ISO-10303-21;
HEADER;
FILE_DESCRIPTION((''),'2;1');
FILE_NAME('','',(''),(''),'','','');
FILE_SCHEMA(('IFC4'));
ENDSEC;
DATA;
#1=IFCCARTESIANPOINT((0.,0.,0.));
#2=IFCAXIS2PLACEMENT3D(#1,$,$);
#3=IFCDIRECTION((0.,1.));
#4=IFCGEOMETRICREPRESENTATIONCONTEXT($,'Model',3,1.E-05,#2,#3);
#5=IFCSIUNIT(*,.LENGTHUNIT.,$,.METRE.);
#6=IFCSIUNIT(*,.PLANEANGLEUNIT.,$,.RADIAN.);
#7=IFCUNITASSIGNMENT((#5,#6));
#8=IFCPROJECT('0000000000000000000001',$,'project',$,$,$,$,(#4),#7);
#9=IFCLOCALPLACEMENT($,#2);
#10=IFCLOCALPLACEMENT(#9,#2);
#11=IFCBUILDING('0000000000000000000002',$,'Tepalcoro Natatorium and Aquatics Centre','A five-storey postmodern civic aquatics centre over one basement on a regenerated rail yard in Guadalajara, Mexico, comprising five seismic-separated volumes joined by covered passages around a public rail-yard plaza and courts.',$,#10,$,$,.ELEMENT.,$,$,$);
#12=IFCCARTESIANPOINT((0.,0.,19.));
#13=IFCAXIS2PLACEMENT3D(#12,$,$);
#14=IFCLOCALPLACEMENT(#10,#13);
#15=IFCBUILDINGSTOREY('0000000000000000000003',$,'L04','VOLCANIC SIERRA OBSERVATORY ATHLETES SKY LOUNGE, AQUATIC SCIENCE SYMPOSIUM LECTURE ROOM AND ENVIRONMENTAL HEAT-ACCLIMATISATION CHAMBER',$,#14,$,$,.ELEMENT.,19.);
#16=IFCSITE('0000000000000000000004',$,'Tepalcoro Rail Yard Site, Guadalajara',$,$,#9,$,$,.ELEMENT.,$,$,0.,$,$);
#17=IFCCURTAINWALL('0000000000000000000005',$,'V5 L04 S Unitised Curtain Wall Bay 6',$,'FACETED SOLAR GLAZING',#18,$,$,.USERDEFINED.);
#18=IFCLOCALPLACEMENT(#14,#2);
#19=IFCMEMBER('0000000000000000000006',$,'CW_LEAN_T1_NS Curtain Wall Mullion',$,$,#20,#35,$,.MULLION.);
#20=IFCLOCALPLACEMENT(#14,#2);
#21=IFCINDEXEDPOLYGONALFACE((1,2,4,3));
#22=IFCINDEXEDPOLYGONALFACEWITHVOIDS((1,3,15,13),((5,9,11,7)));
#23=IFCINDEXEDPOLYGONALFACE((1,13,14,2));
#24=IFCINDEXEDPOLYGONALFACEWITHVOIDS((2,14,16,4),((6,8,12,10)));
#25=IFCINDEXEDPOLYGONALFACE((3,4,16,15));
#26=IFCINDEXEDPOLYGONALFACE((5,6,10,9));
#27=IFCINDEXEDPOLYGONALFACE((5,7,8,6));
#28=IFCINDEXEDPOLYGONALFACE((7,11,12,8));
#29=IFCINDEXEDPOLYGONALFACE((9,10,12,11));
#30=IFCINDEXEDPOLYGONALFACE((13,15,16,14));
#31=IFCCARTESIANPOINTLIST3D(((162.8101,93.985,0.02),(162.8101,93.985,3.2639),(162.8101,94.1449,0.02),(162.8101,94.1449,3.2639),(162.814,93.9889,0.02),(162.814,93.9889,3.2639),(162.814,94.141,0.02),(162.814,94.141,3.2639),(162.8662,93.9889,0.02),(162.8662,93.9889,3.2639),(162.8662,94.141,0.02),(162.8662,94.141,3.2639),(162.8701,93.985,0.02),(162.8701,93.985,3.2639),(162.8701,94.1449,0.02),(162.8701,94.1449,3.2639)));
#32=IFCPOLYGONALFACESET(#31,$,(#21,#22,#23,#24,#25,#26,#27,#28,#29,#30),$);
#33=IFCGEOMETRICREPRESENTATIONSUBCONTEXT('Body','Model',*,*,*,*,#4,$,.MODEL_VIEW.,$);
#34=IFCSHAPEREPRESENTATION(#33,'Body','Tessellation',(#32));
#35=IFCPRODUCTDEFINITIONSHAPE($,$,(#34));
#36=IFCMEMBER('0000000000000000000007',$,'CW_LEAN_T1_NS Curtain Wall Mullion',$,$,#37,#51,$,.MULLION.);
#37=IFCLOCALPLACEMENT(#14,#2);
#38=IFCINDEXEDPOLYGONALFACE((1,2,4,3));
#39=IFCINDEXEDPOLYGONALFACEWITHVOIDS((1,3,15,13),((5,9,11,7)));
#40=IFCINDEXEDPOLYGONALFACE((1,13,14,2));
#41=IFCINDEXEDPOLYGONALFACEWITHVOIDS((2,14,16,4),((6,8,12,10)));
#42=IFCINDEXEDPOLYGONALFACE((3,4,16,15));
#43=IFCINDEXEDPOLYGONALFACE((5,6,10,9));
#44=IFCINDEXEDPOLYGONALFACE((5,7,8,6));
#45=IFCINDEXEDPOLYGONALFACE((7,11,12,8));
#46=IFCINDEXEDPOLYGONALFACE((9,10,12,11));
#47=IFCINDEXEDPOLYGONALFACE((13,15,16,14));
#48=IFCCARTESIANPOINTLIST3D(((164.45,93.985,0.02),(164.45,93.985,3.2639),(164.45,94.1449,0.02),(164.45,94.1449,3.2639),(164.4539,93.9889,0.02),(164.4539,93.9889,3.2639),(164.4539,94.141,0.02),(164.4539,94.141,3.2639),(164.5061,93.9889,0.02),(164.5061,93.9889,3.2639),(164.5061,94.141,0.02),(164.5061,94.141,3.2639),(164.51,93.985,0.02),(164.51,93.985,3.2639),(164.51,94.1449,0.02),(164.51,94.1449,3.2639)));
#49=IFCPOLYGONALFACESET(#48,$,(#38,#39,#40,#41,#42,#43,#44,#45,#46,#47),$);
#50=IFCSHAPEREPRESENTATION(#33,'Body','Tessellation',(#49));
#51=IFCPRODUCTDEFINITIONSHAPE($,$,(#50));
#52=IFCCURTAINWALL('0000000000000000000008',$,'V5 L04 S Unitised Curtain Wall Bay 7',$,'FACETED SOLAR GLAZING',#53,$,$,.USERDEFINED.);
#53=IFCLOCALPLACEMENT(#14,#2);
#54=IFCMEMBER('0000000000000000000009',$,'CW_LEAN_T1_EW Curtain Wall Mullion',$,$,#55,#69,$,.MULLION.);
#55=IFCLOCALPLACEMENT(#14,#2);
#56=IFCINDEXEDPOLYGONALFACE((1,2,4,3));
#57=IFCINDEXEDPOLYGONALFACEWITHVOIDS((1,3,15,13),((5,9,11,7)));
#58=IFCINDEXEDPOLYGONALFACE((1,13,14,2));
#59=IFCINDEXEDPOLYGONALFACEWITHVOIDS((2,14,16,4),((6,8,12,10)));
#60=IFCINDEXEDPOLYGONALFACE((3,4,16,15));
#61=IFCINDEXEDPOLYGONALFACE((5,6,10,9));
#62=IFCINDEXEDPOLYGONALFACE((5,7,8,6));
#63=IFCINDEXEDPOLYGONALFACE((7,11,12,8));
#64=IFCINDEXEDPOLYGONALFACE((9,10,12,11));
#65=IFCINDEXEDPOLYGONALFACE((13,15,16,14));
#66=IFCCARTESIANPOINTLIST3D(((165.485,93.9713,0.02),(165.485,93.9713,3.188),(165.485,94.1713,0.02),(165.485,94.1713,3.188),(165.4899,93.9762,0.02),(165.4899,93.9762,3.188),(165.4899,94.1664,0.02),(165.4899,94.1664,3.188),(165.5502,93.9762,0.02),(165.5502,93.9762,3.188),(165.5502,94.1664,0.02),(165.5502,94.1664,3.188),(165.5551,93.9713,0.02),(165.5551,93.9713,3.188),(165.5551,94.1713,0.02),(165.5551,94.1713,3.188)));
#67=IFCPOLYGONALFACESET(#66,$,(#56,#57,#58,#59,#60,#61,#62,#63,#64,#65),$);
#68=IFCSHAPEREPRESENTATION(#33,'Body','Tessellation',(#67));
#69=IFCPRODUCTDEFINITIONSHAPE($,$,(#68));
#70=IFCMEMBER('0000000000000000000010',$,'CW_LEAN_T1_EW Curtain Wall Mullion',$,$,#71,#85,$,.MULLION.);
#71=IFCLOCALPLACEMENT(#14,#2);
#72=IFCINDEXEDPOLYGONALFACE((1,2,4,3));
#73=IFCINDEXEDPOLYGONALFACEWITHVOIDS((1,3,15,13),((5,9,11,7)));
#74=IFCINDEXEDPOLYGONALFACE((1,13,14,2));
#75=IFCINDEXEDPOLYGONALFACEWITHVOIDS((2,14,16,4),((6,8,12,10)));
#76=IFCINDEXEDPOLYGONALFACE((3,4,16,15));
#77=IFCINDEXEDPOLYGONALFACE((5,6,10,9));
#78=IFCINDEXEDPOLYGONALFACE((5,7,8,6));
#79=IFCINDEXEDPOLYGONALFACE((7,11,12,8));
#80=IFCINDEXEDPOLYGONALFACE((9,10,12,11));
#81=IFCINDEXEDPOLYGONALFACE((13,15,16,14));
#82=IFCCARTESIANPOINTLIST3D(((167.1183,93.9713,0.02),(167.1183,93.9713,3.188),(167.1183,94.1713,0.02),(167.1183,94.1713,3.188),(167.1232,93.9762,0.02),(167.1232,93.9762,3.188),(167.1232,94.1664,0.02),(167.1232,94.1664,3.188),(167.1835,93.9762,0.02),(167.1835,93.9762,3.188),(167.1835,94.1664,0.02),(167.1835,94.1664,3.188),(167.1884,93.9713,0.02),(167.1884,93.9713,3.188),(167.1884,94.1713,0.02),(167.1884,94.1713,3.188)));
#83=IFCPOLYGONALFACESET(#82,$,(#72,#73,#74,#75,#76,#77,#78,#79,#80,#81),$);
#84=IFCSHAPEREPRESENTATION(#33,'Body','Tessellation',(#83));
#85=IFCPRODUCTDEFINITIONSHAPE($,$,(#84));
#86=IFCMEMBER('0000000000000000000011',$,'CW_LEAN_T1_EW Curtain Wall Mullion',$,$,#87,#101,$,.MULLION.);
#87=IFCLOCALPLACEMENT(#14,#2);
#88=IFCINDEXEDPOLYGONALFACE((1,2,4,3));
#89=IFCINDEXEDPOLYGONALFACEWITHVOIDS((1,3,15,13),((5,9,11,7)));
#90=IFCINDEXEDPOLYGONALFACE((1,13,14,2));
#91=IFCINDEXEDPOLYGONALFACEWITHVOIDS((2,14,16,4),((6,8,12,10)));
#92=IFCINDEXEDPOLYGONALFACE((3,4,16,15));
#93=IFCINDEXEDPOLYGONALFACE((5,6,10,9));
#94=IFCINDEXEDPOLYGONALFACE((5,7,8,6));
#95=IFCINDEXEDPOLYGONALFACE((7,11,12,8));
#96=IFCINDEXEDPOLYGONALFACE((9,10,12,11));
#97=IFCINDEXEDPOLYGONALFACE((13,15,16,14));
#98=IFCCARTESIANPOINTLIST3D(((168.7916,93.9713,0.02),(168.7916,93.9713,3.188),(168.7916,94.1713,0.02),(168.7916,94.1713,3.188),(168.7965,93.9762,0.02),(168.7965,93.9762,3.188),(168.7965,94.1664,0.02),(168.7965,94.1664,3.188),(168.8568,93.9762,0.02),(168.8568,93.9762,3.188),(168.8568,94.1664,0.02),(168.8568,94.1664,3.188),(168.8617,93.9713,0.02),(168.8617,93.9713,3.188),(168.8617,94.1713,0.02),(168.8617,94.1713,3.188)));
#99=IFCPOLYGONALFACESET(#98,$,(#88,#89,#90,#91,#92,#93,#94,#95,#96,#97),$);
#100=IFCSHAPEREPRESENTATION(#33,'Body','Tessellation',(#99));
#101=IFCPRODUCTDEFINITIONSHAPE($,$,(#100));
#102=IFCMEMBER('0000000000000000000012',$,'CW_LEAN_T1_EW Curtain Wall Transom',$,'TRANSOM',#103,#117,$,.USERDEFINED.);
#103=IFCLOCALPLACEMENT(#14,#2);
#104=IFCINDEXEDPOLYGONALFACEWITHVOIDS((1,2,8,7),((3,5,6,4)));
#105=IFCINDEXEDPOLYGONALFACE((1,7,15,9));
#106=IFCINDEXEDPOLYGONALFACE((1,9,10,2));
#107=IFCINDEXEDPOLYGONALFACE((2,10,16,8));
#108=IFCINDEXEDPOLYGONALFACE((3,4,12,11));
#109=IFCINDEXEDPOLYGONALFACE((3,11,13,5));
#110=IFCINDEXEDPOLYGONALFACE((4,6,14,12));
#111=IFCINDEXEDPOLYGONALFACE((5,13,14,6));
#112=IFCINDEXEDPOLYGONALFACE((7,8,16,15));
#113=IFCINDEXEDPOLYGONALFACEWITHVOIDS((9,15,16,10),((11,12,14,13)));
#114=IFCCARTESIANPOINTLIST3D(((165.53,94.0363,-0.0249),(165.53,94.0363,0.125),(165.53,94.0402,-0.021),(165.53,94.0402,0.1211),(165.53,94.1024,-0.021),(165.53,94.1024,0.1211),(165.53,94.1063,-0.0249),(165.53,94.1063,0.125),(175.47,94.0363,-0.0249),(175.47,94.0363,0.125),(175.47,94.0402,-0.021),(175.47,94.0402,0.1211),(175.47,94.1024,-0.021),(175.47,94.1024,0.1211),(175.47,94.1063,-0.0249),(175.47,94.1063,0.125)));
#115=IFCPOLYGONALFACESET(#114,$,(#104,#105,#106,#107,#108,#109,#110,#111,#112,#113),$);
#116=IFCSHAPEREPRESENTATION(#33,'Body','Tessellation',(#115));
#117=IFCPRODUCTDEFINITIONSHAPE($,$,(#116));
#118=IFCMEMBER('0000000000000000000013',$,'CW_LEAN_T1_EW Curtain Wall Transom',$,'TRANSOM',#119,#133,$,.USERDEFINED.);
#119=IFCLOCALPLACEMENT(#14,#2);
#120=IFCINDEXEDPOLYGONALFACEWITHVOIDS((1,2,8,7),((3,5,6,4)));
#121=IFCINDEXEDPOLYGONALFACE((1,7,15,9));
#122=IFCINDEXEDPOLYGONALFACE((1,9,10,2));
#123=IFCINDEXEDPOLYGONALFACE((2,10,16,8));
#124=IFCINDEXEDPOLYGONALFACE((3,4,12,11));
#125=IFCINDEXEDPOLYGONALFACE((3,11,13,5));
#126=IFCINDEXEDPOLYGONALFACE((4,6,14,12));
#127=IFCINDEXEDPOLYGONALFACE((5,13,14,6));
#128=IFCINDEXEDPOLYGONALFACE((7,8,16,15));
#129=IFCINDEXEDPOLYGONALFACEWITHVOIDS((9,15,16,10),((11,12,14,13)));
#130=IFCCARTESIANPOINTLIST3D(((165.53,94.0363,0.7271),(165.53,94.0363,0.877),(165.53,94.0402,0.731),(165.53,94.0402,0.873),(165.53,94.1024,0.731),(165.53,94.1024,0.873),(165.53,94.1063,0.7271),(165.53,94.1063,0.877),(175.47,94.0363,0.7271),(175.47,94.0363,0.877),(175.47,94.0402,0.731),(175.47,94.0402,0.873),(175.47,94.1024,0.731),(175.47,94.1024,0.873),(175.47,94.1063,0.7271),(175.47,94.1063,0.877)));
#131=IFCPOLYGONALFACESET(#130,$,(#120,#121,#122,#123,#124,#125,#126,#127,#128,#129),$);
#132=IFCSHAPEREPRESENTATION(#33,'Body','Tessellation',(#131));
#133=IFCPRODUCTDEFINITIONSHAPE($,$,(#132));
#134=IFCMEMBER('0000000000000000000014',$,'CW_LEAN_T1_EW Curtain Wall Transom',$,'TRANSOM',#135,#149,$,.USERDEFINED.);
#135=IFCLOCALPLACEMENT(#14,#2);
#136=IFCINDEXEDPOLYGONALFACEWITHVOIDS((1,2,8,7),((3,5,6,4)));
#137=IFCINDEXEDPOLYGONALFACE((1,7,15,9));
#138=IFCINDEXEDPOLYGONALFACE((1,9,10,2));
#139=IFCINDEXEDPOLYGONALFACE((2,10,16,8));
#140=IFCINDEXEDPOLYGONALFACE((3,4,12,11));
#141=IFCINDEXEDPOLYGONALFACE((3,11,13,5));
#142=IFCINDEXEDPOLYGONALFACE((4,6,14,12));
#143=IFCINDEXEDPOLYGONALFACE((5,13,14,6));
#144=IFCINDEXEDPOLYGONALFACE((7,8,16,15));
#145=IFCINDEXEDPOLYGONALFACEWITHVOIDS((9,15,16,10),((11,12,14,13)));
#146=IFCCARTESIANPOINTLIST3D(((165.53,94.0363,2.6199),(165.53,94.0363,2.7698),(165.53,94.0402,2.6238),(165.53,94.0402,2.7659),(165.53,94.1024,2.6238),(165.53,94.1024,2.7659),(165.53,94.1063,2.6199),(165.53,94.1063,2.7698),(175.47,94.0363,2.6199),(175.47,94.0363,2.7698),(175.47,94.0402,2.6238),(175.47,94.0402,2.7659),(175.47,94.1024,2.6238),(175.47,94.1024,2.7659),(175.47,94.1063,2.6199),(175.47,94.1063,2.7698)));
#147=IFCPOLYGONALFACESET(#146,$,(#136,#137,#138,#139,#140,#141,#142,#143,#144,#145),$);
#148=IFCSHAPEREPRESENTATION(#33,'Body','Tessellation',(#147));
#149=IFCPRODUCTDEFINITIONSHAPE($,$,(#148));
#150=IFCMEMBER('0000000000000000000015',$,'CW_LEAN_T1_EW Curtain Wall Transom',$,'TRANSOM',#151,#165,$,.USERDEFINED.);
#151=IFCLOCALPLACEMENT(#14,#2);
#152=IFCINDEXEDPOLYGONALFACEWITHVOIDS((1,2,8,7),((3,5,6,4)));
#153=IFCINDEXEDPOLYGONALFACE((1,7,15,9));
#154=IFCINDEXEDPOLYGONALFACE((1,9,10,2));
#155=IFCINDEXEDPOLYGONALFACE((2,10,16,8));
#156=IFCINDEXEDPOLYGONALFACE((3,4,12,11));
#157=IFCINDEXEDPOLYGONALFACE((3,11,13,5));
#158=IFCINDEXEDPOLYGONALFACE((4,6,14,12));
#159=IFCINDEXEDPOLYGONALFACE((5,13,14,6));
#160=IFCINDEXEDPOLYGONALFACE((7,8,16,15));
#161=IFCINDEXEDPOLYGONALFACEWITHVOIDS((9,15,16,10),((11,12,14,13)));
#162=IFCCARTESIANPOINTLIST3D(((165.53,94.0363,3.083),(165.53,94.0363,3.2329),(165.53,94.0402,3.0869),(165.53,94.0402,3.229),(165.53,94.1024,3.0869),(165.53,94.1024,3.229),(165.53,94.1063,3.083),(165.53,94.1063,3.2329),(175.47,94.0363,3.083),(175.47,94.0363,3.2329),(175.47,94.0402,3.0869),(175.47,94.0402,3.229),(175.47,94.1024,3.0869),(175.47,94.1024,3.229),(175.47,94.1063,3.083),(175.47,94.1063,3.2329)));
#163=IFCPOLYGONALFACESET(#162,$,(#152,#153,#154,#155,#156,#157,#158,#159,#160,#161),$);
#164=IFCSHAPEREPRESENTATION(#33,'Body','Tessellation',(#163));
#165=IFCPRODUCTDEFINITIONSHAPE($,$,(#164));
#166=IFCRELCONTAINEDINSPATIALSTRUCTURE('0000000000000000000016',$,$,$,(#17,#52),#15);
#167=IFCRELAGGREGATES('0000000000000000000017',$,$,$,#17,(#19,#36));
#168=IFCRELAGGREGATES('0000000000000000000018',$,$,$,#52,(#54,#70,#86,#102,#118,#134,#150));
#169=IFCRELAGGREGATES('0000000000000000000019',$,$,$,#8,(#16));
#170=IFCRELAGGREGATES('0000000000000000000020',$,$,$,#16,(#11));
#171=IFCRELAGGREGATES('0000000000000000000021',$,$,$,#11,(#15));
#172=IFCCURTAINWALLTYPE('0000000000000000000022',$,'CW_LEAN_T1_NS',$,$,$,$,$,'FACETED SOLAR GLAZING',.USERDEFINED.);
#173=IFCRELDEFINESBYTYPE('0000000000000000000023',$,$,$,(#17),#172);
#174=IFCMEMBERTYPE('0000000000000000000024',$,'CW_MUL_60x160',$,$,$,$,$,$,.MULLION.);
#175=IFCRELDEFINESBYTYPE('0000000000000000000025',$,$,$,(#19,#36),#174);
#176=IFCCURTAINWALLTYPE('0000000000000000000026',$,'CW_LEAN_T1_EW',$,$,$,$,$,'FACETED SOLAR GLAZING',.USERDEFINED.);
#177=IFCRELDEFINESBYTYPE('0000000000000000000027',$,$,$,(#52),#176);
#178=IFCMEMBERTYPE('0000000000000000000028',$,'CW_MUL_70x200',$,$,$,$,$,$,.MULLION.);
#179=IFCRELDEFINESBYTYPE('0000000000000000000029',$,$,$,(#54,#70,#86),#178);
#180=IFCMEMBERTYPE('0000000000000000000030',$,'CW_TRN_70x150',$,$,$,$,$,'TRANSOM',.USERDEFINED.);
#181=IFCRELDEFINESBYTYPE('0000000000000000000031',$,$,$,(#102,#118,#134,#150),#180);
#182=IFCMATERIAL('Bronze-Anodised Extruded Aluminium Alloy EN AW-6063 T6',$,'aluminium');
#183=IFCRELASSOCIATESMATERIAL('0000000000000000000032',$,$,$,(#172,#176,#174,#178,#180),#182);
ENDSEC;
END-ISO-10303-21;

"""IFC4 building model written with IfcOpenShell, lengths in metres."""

from ifc_helpers import new_model, si_unit, direction, frame, origin, origin_2d, place, context, subcontext, project, spatial, hollow_rectangle, extrude, material, material_profile, profile_set, type_object, element, aggregate, save


model = new_model("IFC4")

# Units and contexts
model_context = context("Model", 3, precision=1e-05, world=origin(), true_north=direction((0.0, 1.0)))
body_context = subcontext(model_context, "Body", "Model", "MODEL_VIEW")
ifc_project = project(units=[si_unit("LENGTHUNIT", "METRE"), si_unit("PLANEANGLEUNIT", "RADIAN")], contexts=[model_context])

# Site, building, storey
site_placement = place(None, origin())
site = spatial("IfcSite", under=ifc_project, at=site_placement, Name="Tepalcoro Rail Yard Site, Guadalajara", CompositionType="ELEMENT", RefElevation=0.0)
building_placement = place(site_placement, origin())
building = spatial("IfcBuilding", under=site, at=building_placement, Name="Tepalcoro Natatorium and Aquatics Centre", Description="A five-storey postmodern civic aquatics centre over one basement on a regenerated rail yard in Guadalajara, Mexico, comprising five seismic-separated volumes joined by covered passages around a public rail-yard plaza and courts.", CompositionType="ELEMENT")
storey_placement = place(building_placement, frame((0.0, 0.0, 19.0)))
storey = spatial("IfcBuildingStorey", under=building, at=storey_placement, Name="L04", Description="VOLCANIC SIERRA OBSERVATORY ATHLETES SKY LOUNGE, AQUATIC SCIENCE SYMPOSIUM LECTURE ROOM AND ENVIRONMENTAL HEAT-ACCLIMATISATION CHAMBER", CompositionType="ELEMENT", Elevation=19.0)

# Curtain walls, members
ifc_material_1 = material(Name="Bronze-Anodised Extruded Aluminium Alloy EN AW-6063 T6", Category="aluminium")
curtain_wall_type_1 = type_object("IfcCurtainWallType", Name="CW_LEAN_T1_NS", ElementType="FACETED SOLAR GLAZING", PredefinedType="USERDEFINED", material=ifc_material_1)
curtain_wall_1_placement = place(storey_placement, origin())
curtain_wall_1 = element("IfcCurtainWall", 1, at=curtain_wall_1_placement, inside=storey, type_object=curtain_wall_type_1, Name="V5 L04 S Unitised Curtain Wall Bay 6", ObjectType="FACETED SOLAR GLAZING", PredefinedType="USERDEFINED")
ifc_material_profile_1 = material_profile(ifc_material_1, hollow_rectangle(XDim=0.0601, YDim=0.1599, WallThickness=0.0039, at=origin_2d()), Name="AL60X160X4")
ifc_profile_set_1 = profile_set([ifc_material_profile_1], Name="Bronze-Anodised Extruded Aluminium Alloy EN AW-6063 T6")
member_type_1 = type_object("IfcMemberType", Name="CW_MUL_60x160", PredefinedType="MULLION", material=ifc_profile_set_1)
member_1_placement = place(storey_placement, frame((162.8401, 94.0649, 0.02), z_axis=(0.0, 0.0, 1.0), x_axis=(1.0, 0.0, 0.0)))
member_1 = element("IfcMember", 2, at=member_1_placement, type_object=member_type_1, Name="CW_LEAN_T1_NS Curtain Wall Mullion", PredefinedType="MULLION", context=body_context, shape_type="SweptSolid", body=[
    extrude(hollow_rectangle(XDim=0.0601, YDim=0.1599, WallThickness=0.0039, at=origin_2d()), origin(), (0.0, 0.0, 1.0), 3.2439),
])
member_2_placement = place(storey_placement, frame((164.48, 94.0649, 0.02), z_axis=(0.0, 0.0, 1.0), x_axis=(1.0, 0.0, 0.0)))
member_2 = element("IfcMember", 3, at=member_2_placement, type_object=member_type_1, Name="CW_LEAN_T1_NS Curtain Wall Mullion", PredefinedType="MULLION", context=body_context, shape_type="SweptSolid", body=[
    extrude(hollow_rectangle(XDim=0.0601, YDim=0.1599, WallThickness=0.0039, at=origin_2d()), origin(), (0.0, 0.0, 1.0), 3.2439),
])
curtain_wall_type_2 = type_object("IfcCurtainWallType", Name="CW_LEAN_T1_EW", ElementType="FACETED SOLAR GLAZING", PredefinedType="USERDEFINED", material=ifc_material_1)
curtain_wall_2_placement = place(storey_placement, origin())
curtain_wall_2 = element("IfcCurtainWall", 4, at=curtain_wall_2_placement, inside=storey, type_object=curtain_wall_type_2, Name="V5 L04 S Unitised Curtain Wall Bay 7", ObjectType="FACETED SOLAR GLAZING", PredefinedType="USERDEFINED")
ifc_material_profile_2 = material_profile(ifc_material_1, hollow_rectangle(XDim=0.0701, YDim=0.2, WallThickness=0.0049, at=origin_2d()), Name="AL70X200X5")
ifc_profile_set_2 = profile_set([ifc_material_profile_2], Name="Bronze-Anodised Extruded Aluminium Alloy EN AW-6063 T6")
member_type_2 = type_object("IfcMemberType", Name="CW_MUL_70x200", PredefinedType="MULLION", material=ifc_profile_set_2)
member_3_placement = place(storey_placement, frame((165.52, 94.0713, 0.02), z_axis=(0.0, 0.0, 1.0), x_axis=(1.0, 0.0, 0.0)))
member_3 = element("IfcMember", 5, at=member_3_placement, type_object=member_type_2, Name="CW_LEAN_T1_EW Curtain Wall Mullion", PredefinedType="MULLION", context=body_context, shape_type="SweptSolid", body=[
    extrude(hollow_rectangle(XDim=0.0701, YDim=0.2, WallThickness=0.0049, at=origin_2d()), origin(), (0.0, 0.0, 1.0), 3.168),
])
member_4_placement = place(storey_placement, frame((167.1533, 94.0713, 0.02), z_axis=(0.0, 0.0, 1.0), x_axis=(1.0, 0.0, 0.0)))
member_4 = element("IfcMember", 6, at=member_4_placement, type_object=member_type_2, Name="CW_LEAN_T1_EW Curtain Wall Mullion", PredefinedType="MULLION", context=body_context, shape_type="SweptSolid", body=[
    extrude(hollow_rectangle(XDim=0.0701, YDim=0.2, WallThickness=0.0049, at=origin_2d()), origin(), (0.0, 0.0, 1.0), 3.168),
])
member_5_placement = place(storey_placement, frame((168.8267, 94.0713, 0.02), z_axis=(0.0, 0.0, 1.0), x_axis=(1.0, 0.0, 0.0)))
member_5 = element("IfcMember", 7, at=member_5_placement, type_object=member_type_2, Name="CW_LEAN_T1_EW Curtain Wall Mullion", PredefinedType="MULLION", context=body_context, shape_type="SweptSolid", body=[
    extrude(hollow_rectangle(XDim=0.0701, YDim=0.2, WallThickness=0.0049, at=origin_2d()), origin(), (0.0, 0.0, 1.0), 3.168),
])
ifc_material_profile_3 = material_profile(ifc_material_1, hollow_rectangle(XDim=0.0701, YDim=0.1499, WallThickness=0.0039, at=origin_2d()), Name="AL70X150X4")
ifc_profile_set_3 = profile_set([ifc_material_profile_3], Name="Bronze-Anodised Extruded Aluminium Alloy EN AW-6063 T6")
member_type_3 = type_object("IfcMemberType", Name="CW_TRN_70x150", ElementType="TRANSOM", PredefinedType="USERDEFINED", material=ifc_profile_set_3)
member_6_placement = place(storey_placement, frame((165.53, 94.0713, 0.05), z_axis=(1.0, 0.0, 0.0), x_axis=(0.0, 1.0, 0.0)))
member_6 = element("IfcMember", 8, at=member_6_placement, type_object=member_type_3, Name="CW_LEAN_T1_EW Curtain Wall Transom", ObjectType="TRANSOM", PredefinedType="USERDEFINED", context=body_context, shape_type="SweptSolid", body=[
    extrude(hollow_rectangle(XDim=0.0701, YDim=0.1499, WallThickness=0.0039, at=origin_2d()), origin(), (0.0, 0.0, 1.0), 9.9399),
])
member_7_placement = place(storey_placement, frame((165.53, 94.0713, 0.802), z_axis=(1.0, 0.0, 0.0), x_axis=(0.0, 1.0, 0.0)))
member_7 = element("IfcMember", 9, at=member_7_placement, type_object=member_type_3, Name="CW_LEAN_T1_EW Curtain Wall Transom", ObjectType="TRANSOM", PredefinedType="USERDEFINED", context=body_context, shape_type="SweptSolid", body=[
    extrude(hollow_rectangle(XDim=0.0701, YDim=0.1499, WallThickness=0.0039, at=origin_2d()), origin(), (0.0, 0.0, 1.0), 9.9399),
])
member_8_placement = place(storey_placement, frame((165.53, 94.0713, 2.6948), z_axis=(1.0, 0.0, 0.0), x_axis=(0.0, 1.0, 0.0)))
member_8 = element("IfcMember", 10, at=member_8_placement, type_object=member_type_3, Name="CW_LEAN_T1_EW Curtain Wall Transom", ObjectType="TRANSOM", PredefinedType="USERDEFINED", context=body_context, shape_type="SweptSolid", body=[
    extrude(hollow_rectangle(XDim=0.0701, YDim=0.1499, WallThickness=0.0039, at=origin_2d()), origin(), (0.0, 0.0, 1.0), 9.9399),
])
member_9_placement = place(storey_placement, frame((165.53, 94.0713, 3.158), z_axis=(1.0, 0.0, 0.0), x_axis=(0.0, 1.0, 0.0)))
member_9 = element("IfcMember", 11, at=member_9_placement, type_object=member_type_3, Name="CW_LEAN_T1_EW Curtain Wall Transom", ObjectType="TRANSOM", PredefinedType="USERDEFINED", context=body_context, shape_type="SweptSolid", body=[
    extrude(hollow_rectangle(XDim=0.0701, YDim=0.1499, WallThickness=0.0039, at=origin_2d()), origin(), (0.0, 0.0, 1.0), 9.9399),
])

aggregate(curtain_wall_1, [member_1, member_2])
aggregate(curtain_wall_2, [member_3, member_4, member_5, member_6, member_7, member_8, member_9])

save(model, "model.ifc")
